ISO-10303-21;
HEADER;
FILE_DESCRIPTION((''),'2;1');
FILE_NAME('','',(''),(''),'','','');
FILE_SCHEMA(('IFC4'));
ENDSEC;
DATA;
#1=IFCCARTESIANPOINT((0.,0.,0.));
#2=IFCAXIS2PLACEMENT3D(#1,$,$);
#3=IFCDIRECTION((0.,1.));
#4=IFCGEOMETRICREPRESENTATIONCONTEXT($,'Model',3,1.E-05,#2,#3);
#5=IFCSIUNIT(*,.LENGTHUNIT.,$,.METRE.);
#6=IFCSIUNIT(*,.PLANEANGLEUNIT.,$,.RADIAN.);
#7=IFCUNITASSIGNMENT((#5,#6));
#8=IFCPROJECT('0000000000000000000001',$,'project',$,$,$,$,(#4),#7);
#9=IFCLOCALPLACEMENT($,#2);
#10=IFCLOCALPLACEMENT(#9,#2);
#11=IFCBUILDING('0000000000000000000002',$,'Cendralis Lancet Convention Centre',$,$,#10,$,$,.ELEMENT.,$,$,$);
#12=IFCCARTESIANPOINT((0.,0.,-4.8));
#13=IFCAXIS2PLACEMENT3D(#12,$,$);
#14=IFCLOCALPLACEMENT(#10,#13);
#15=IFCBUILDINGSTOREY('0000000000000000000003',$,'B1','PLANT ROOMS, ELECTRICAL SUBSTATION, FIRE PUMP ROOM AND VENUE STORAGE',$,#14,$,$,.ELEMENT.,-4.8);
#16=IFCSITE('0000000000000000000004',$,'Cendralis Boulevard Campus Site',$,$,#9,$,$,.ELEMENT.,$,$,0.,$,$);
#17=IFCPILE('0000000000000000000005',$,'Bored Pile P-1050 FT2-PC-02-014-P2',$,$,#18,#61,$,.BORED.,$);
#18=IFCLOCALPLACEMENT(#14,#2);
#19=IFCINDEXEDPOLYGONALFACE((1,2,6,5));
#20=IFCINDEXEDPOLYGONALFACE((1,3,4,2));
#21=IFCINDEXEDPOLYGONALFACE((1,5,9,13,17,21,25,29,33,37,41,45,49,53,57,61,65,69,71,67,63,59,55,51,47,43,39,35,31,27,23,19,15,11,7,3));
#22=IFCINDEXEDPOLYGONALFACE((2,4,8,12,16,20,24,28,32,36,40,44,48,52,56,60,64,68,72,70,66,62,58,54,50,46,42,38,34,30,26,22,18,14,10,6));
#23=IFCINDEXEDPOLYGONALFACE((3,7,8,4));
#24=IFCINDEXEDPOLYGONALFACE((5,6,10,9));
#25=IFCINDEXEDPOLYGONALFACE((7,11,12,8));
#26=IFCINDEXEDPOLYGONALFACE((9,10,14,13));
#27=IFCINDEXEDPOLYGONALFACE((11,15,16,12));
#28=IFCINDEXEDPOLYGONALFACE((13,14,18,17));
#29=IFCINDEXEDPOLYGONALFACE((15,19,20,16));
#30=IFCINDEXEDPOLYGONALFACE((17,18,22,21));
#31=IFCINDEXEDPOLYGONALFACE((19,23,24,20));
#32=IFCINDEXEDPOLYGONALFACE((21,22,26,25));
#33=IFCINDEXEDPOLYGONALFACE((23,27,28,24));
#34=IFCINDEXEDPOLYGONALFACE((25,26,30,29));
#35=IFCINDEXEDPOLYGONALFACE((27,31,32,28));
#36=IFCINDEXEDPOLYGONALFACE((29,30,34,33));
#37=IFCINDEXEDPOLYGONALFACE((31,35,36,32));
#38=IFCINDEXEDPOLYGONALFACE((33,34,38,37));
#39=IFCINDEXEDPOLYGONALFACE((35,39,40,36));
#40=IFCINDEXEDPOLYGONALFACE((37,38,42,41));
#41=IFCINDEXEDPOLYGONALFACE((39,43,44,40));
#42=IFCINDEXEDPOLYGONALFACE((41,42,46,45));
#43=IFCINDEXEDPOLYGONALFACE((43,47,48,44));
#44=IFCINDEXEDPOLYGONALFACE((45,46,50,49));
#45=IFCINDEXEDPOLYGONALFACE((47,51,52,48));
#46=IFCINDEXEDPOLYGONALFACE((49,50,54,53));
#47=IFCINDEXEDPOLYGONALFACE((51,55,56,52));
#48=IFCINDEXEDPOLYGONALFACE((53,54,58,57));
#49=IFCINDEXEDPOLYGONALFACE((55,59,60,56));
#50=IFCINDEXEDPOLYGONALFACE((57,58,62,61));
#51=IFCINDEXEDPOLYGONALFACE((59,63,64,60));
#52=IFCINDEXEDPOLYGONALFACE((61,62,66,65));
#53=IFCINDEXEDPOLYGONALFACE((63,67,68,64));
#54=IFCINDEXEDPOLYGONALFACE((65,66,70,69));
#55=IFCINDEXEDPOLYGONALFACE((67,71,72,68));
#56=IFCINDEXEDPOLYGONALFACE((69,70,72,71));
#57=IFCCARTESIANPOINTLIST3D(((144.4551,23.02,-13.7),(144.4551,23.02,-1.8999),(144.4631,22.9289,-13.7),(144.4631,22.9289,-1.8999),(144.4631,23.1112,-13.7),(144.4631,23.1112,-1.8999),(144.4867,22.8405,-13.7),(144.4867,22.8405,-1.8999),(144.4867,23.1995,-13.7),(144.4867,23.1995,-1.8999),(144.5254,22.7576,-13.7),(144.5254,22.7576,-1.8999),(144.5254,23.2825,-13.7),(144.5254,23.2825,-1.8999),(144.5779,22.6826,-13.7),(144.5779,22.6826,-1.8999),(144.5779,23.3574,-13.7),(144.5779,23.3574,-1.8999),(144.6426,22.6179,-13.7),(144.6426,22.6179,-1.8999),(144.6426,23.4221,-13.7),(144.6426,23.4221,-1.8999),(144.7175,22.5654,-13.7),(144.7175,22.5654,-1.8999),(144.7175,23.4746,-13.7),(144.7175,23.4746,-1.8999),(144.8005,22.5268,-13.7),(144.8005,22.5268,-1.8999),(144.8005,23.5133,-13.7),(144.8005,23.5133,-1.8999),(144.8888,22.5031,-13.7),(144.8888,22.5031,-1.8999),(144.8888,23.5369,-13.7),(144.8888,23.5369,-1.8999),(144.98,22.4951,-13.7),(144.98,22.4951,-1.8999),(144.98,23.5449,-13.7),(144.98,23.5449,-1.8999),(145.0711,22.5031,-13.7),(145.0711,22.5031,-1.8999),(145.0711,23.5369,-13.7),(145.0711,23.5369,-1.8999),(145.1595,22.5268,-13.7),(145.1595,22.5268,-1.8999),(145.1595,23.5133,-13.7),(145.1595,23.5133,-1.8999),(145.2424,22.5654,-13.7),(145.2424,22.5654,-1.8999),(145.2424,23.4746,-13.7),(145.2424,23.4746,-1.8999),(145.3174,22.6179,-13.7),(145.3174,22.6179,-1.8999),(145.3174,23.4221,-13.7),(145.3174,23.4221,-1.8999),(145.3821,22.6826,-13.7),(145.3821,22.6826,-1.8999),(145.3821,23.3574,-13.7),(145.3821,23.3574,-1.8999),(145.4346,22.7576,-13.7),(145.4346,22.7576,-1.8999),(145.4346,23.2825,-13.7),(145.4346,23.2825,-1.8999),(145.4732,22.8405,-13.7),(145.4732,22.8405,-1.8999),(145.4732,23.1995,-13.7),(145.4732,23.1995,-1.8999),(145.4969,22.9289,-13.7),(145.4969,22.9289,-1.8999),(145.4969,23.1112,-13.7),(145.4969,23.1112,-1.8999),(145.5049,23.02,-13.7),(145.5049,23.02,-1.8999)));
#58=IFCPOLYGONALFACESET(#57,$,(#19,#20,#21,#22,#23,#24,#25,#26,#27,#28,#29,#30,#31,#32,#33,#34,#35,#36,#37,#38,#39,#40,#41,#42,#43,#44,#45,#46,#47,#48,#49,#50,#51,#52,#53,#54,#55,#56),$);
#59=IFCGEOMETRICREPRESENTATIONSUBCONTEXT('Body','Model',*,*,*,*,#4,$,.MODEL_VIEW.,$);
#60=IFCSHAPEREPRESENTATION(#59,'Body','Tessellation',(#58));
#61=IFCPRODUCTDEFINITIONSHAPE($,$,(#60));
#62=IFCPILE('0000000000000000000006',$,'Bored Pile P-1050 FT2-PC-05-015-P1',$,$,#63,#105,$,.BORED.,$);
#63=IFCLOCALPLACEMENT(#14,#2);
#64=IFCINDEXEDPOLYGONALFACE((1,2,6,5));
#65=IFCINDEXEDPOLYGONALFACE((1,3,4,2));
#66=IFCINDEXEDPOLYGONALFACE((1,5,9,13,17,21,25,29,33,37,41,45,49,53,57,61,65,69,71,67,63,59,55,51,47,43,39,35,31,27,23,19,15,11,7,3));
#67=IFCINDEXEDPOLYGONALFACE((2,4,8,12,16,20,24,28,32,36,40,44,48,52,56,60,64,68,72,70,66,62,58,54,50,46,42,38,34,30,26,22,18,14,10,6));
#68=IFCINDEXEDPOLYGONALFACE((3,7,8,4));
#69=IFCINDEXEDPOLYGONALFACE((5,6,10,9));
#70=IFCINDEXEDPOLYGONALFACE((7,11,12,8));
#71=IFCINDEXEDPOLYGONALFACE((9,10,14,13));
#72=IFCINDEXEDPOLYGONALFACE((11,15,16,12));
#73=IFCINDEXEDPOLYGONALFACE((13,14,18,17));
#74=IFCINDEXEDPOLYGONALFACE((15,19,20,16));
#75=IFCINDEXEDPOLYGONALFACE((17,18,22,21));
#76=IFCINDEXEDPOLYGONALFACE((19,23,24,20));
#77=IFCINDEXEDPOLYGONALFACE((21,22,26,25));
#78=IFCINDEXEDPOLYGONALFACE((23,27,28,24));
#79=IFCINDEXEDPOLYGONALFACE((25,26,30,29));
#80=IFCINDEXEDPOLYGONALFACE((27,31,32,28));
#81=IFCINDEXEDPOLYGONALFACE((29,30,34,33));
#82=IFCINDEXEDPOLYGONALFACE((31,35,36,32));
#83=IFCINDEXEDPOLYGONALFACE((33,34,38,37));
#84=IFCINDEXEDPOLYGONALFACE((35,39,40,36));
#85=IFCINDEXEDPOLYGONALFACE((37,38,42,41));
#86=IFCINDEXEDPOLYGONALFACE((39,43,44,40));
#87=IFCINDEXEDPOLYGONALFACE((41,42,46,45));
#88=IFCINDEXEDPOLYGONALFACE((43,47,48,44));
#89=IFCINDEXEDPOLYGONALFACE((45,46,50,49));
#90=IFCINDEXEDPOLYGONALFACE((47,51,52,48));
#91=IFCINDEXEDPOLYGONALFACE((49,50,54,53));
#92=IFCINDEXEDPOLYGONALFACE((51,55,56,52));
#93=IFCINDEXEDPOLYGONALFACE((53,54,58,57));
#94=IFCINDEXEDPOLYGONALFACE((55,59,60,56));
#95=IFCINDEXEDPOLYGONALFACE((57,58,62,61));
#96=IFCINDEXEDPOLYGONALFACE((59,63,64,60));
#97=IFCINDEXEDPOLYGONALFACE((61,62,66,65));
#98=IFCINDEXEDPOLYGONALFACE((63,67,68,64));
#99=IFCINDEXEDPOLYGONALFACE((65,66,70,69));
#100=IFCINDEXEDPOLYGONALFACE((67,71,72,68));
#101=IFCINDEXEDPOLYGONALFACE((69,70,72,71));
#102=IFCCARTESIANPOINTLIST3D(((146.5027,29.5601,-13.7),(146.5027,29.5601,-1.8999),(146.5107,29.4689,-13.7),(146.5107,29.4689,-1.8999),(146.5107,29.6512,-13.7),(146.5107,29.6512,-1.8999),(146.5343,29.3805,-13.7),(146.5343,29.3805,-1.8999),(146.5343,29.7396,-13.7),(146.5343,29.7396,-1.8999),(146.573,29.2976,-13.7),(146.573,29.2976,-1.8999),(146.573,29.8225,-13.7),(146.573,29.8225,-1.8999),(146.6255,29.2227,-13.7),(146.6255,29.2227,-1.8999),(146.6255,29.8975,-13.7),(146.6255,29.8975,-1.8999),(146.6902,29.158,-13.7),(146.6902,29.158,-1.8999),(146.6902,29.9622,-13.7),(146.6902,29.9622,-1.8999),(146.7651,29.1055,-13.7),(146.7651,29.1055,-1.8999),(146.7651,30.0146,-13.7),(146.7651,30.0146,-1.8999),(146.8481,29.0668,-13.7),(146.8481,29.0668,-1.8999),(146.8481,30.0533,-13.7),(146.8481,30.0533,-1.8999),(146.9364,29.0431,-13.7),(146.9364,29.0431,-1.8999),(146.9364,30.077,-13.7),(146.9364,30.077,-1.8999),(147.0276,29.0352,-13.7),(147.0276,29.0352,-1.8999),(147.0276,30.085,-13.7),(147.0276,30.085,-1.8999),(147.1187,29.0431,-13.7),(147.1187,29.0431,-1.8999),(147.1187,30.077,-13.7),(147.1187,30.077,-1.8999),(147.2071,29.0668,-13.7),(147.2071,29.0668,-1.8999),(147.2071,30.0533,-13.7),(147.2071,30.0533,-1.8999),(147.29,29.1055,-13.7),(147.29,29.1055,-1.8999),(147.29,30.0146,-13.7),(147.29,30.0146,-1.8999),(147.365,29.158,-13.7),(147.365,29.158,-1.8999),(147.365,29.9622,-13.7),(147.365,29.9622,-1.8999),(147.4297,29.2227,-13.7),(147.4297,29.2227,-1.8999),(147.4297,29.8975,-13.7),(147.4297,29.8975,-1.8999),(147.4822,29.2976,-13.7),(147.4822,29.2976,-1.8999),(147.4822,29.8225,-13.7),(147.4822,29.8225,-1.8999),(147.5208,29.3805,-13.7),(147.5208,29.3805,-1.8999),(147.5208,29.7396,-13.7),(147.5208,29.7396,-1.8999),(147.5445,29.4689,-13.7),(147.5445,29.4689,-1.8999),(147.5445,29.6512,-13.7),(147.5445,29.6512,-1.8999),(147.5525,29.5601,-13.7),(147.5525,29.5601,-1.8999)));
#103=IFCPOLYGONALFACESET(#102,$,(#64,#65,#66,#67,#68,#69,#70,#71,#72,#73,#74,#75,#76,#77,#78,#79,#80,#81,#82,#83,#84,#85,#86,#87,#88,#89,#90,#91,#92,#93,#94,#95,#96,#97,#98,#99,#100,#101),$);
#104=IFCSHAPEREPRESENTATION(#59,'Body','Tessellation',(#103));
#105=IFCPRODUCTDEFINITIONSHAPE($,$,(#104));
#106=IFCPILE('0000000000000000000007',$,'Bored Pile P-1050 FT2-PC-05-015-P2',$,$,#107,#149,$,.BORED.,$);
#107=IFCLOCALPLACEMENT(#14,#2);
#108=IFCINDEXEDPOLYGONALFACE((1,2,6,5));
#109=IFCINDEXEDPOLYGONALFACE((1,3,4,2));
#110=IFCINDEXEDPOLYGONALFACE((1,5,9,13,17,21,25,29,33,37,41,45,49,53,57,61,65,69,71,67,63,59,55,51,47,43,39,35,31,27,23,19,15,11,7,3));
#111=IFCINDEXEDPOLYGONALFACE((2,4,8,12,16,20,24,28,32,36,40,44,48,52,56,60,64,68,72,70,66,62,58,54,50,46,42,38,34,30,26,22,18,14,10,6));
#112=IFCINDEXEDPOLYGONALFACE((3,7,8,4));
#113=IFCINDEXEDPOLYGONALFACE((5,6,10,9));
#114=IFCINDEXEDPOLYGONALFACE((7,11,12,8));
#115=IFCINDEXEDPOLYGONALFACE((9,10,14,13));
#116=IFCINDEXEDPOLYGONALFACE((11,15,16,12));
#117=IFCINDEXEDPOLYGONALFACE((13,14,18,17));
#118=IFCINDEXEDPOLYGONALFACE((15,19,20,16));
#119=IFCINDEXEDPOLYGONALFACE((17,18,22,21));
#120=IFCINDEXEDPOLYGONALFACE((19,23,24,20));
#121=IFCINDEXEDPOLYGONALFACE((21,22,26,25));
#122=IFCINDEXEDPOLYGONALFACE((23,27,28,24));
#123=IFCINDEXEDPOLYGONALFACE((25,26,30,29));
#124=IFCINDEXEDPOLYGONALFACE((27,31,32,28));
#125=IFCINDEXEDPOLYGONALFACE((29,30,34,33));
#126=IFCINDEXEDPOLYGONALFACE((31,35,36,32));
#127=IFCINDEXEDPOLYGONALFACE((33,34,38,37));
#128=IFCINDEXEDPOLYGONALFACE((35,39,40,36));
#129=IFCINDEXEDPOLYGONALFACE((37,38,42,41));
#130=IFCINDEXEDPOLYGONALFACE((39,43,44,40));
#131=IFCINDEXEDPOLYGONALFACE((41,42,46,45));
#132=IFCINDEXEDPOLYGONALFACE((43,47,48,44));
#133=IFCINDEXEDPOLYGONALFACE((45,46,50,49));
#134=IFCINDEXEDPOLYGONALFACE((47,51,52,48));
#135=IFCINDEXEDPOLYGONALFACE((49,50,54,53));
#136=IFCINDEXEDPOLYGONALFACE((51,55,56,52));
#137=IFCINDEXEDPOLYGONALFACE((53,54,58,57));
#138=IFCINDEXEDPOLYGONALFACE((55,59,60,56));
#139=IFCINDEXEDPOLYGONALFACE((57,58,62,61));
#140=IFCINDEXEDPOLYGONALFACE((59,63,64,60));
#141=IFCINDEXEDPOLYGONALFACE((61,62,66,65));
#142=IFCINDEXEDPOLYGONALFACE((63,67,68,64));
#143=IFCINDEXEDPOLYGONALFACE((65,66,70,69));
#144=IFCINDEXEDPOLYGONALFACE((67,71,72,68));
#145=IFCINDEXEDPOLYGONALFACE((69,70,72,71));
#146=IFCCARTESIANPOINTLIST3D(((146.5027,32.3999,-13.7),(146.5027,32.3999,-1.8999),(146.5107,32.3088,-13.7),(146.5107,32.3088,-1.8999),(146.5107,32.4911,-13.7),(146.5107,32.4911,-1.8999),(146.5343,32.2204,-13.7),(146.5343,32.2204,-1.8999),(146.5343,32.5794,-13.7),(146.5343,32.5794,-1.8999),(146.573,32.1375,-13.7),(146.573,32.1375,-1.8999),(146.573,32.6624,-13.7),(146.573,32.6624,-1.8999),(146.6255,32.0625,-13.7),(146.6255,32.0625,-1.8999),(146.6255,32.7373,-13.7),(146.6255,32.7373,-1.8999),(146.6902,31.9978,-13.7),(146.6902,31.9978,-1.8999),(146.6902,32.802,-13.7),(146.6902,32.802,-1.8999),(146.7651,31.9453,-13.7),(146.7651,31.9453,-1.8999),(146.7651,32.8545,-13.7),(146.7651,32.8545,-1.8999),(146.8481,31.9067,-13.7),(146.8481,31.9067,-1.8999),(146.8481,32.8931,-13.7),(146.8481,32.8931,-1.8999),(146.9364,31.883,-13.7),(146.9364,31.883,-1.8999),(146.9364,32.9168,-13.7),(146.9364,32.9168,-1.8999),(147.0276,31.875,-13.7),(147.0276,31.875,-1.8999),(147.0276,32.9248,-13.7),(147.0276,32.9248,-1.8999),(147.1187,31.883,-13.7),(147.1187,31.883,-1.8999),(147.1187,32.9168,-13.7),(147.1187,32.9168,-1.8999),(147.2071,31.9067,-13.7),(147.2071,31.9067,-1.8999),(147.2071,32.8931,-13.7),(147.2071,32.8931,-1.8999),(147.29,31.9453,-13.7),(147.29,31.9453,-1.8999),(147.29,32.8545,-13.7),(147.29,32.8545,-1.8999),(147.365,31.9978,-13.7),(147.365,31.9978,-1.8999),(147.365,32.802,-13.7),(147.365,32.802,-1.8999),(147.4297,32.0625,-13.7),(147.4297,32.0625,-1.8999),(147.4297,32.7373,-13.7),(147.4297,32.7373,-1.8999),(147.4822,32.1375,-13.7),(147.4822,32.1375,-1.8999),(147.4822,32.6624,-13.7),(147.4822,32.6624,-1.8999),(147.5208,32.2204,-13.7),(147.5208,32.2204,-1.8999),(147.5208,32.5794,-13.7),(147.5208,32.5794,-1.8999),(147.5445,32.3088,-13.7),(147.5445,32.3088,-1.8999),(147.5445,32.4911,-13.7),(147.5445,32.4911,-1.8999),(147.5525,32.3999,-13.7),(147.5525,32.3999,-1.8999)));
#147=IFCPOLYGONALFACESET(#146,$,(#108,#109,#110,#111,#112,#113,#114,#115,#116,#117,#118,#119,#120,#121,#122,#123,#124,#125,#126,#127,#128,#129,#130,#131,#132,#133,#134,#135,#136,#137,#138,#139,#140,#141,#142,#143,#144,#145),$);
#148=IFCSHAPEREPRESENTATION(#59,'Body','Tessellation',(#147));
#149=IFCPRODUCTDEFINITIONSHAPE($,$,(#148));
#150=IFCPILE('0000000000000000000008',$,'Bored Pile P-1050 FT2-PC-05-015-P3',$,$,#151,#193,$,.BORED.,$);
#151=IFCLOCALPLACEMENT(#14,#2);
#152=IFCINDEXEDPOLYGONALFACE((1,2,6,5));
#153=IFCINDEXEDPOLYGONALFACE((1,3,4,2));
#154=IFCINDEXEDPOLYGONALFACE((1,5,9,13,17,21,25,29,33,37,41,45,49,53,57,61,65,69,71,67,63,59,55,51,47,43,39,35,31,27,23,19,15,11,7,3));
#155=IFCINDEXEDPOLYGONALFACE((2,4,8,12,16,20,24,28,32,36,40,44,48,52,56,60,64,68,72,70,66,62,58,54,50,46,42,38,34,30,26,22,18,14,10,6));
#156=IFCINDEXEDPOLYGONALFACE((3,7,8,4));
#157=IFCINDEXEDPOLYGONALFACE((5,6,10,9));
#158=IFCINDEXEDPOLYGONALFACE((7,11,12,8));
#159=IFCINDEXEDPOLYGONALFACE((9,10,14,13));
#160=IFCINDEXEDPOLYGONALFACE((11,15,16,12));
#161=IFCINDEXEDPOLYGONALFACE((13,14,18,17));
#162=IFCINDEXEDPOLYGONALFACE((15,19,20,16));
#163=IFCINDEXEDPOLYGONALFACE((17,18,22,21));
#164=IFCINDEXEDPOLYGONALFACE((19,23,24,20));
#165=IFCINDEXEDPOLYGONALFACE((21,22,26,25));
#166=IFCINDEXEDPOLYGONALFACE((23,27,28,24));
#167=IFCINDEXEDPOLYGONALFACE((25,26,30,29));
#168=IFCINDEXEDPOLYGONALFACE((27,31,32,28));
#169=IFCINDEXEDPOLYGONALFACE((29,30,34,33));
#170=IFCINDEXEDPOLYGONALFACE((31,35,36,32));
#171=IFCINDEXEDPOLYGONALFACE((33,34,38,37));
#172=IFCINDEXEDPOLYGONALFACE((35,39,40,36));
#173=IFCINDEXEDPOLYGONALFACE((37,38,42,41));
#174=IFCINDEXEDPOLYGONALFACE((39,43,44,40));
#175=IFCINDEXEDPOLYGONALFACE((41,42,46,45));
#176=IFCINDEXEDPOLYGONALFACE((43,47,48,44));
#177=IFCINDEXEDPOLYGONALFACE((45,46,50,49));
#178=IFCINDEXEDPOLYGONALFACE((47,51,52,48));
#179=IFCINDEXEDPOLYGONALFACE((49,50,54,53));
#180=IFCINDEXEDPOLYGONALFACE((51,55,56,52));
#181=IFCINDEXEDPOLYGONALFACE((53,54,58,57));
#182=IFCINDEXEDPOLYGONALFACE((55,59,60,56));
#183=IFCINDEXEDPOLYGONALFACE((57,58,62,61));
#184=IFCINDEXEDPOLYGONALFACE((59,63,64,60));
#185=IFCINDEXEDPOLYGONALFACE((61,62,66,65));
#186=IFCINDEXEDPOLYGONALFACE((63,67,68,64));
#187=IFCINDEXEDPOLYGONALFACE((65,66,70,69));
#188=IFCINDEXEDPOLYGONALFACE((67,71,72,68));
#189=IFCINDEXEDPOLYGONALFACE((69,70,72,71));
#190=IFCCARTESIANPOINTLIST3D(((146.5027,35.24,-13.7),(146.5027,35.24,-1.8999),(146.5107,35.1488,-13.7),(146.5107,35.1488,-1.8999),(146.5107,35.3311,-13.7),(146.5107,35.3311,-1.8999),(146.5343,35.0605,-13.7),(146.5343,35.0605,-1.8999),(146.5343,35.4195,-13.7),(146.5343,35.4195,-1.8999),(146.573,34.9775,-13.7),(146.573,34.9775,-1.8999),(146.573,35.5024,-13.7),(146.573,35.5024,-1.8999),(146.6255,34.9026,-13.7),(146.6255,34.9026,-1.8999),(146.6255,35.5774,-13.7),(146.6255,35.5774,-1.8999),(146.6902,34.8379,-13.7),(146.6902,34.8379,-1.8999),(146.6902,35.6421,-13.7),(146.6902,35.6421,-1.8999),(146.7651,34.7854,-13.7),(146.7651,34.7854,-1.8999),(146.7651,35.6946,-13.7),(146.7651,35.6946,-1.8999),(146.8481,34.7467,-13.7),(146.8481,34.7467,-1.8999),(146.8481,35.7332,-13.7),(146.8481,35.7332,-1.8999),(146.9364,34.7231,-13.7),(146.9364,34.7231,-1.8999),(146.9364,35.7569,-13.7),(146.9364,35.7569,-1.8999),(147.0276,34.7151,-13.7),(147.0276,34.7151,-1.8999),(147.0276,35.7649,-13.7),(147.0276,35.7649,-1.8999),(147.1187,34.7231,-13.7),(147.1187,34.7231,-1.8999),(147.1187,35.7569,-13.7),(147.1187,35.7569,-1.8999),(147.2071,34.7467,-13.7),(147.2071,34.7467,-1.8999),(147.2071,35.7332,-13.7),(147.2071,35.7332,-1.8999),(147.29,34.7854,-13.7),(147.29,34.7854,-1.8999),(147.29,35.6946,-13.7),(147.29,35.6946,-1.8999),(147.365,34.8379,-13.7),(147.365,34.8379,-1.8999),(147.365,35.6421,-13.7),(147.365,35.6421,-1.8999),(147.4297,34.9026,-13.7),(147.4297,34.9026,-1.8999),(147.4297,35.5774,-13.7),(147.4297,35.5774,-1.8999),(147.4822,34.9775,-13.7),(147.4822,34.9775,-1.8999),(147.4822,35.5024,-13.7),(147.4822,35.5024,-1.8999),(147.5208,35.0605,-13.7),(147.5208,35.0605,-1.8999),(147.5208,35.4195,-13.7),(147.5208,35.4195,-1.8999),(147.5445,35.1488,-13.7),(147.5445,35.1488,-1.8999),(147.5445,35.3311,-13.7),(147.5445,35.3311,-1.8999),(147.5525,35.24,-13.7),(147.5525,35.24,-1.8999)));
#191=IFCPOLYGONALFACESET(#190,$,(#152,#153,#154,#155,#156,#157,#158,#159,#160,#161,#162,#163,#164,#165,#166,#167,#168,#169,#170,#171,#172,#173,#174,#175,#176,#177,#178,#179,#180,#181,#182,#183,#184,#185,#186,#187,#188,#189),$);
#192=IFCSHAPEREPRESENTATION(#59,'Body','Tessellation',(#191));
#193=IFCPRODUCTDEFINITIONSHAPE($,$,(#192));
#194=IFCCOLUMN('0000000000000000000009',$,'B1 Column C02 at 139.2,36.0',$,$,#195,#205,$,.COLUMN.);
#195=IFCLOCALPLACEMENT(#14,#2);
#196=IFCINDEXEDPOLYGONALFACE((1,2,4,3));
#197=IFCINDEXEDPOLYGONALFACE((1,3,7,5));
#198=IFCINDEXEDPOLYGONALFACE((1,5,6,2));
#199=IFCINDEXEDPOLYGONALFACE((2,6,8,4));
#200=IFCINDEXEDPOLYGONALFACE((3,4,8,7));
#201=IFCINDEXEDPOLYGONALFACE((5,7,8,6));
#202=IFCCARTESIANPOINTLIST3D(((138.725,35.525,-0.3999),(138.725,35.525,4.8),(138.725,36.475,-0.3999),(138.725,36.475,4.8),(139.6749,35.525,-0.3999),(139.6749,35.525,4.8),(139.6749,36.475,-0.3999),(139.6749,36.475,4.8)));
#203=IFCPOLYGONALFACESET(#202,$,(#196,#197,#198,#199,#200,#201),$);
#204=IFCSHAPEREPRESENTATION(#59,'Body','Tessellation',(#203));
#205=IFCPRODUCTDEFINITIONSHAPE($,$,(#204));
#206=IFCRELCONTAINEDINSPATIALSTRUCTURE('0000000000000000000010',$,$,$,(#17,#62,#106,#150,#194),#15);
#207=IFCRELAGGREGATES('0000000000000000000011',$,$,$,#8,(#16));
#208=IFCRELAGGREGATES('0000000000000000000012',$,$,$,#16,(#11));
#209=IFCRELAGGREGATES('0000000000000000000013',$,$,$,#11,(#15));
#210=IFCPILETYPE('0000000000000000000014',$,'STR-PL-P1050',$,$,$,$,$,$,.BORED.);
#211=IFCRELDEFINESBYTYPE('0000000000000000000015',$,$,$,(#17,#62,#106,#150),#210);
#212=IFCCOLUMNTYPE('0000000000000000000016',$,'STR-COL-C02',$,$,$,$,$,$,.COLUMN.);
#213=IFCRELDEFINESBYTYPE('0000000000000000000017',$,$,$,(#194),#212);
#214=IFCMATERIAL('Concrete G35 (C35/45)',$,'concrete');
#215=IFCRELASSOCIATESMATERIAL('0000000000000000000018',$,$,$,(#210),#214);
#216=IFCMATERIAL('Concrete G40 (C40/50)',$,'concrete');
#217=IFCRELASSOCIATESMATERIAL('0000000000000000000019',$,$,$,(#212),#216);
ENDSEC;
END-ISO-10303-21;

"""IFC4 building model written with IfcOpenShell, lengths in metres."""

from ifc_helpers import new_model, si_unit, direction, frame, origin, origin_2d, place, context, subcontext, project, spatial, rectangle, circle, extrude, material, material_profile, profile_set, type_object, element, save


model = new_model("IFC4")

# Units and contexts
model_context = context("Model", 3, precision=1e-05, world=origin(), true_north=direction((0.0, 1.0)))
body_context = subcontext(model_context, "Body", "Model", "MODEL_VIEW")
ifc_project = project(units=[si_unit("LENGTHUNIT", "METRE"), si_unit("PLANEANGLEUNIT", "RADIAN")], contexts=[model_context])

# Site, building, storey
site_placement = place(None, origin())
site = spatial("IfcSite", under=ifc_project, at=site_placement, Name="Cendralis Boulevard Campus Site", CompositionType="ELEMENT", RefElevation=0.0)
building_placement = place(site_placement, origin())
building = spatial("IfcBuilding", under=site, at=building_placement, Name="Cendralis Lancet Convention Centre", CompositionType="ELEMENT")
storey_placement = place(building_placement, frame((0.0, 0.0, -4.8)))
storey = spatial("IfcBuildingStorey", under=building, at=storey_placement, Name="B1", Description="PLANT ROOMS, ELECTRICAL SUBSTATION, FIRE PUMP ROOM AND VENUE STORAGE", CompositionType="ELEMENT", Elevation=-4.8)

# Shared definitions
ifc_material_1 = material(Name="Concrete G35 (C35/45)", Category="concrete")

# Piles
ifc_material_profile_1 = material_profile(ifc_material_1, circle(Radius=0.5249, at=origin_2d()), Name="BORED PILE D1050")
ifc_profile_set_1 = profile_set([ifc_material_profile_1], Name="Concrete G35 (C35/45)")
pile_type = type_object("IfcPileType", Name="STR-PL-P1050", PredefinedType="BORED", material=ifc_profile_set_1)
for number, where, z_axis, x_axis, name in (
    (1, (144.98, 23.02, -1.8999), (0.0, 0.0, -1.0), (1.0, 0.0, 0.0), "Bored Pile P-1050 FT2-PC-02-014-P2"),
    (2, (147.0276, 29.5601, -1.8999), (0.0, 0.0, -1.0), (1.0, 0.0, 0.0), "Bored Pile P-1050 FT2-PC-05-015-P1"),
    (3, (147.0276, 32.3999, -1.8999), (0.0, 0.0, -1.0), (1.0, 0.0, 0.0), "Bored Pile P-1050 FT2-PC-05-015-P2"),
    (4, (147.0276, 35.24, -1.8999), (0.0, 0.0, -1.0), (1.0, 0.0, 0.0), "Bored Pile P-1050 FT2-PC-05-015-P3"),
):
    element("IfcPile", number, at=place(storey_placement, frame(where, z_axis=z_axis, x_axis=x_axis)), inside=storey, type_object=pile_type, Name=name, PredefinedType="BORED", context=body_context, shape_type="SweptSolid", body=[
        extrude(circle(Radius=0.5249, at=origin_2d()), origin(), (0.0, 0.0, 1.0), 11.8),
    ])

# Column
ifc_material_2 = material(Name="Concrete G40 (C40/50)", Category="concrete")
ifc_material_profile_2 = material_profile(ifc_material_2, rectangle(XDim=0.95, YDim=0.95, at=origin_2d()), Name="RC 950x950")
ifc_profile_set_2 = profile_set([ifc_material_profile_2], Name="Concrete G40 (C40/50)")
column_type_1 = type_object("IfcColumnType", Name="STR-COL-C02", PredefinedType="COLUMN", material=ifc_profile_set_2)
for number, where, z_axis, x_axis, name in (
    (5, (139.2, 36.0, -0.3999), (0.0, 0.0, 1.0), (1.0, 0.0, 0.0), "B1 Column C02 at 139.2,36.0"),
):
    element("IfcColumn", number, at=place(storey_placement, frame(where, z_axis=z_axis, x_axis=x_axis)), inside=storey, type_object=column_type_1, Name=name, PredefinedType="COLUMN", context=body_context, shape_type="SweptSolid", body=[
        extrude(rectangle(XDim=0.95, YDim=0.95, at=origin_2d()), origin(), (0.0, 0.0, 1.0), 5.2),
    ])

save(model, "model.ifc")
